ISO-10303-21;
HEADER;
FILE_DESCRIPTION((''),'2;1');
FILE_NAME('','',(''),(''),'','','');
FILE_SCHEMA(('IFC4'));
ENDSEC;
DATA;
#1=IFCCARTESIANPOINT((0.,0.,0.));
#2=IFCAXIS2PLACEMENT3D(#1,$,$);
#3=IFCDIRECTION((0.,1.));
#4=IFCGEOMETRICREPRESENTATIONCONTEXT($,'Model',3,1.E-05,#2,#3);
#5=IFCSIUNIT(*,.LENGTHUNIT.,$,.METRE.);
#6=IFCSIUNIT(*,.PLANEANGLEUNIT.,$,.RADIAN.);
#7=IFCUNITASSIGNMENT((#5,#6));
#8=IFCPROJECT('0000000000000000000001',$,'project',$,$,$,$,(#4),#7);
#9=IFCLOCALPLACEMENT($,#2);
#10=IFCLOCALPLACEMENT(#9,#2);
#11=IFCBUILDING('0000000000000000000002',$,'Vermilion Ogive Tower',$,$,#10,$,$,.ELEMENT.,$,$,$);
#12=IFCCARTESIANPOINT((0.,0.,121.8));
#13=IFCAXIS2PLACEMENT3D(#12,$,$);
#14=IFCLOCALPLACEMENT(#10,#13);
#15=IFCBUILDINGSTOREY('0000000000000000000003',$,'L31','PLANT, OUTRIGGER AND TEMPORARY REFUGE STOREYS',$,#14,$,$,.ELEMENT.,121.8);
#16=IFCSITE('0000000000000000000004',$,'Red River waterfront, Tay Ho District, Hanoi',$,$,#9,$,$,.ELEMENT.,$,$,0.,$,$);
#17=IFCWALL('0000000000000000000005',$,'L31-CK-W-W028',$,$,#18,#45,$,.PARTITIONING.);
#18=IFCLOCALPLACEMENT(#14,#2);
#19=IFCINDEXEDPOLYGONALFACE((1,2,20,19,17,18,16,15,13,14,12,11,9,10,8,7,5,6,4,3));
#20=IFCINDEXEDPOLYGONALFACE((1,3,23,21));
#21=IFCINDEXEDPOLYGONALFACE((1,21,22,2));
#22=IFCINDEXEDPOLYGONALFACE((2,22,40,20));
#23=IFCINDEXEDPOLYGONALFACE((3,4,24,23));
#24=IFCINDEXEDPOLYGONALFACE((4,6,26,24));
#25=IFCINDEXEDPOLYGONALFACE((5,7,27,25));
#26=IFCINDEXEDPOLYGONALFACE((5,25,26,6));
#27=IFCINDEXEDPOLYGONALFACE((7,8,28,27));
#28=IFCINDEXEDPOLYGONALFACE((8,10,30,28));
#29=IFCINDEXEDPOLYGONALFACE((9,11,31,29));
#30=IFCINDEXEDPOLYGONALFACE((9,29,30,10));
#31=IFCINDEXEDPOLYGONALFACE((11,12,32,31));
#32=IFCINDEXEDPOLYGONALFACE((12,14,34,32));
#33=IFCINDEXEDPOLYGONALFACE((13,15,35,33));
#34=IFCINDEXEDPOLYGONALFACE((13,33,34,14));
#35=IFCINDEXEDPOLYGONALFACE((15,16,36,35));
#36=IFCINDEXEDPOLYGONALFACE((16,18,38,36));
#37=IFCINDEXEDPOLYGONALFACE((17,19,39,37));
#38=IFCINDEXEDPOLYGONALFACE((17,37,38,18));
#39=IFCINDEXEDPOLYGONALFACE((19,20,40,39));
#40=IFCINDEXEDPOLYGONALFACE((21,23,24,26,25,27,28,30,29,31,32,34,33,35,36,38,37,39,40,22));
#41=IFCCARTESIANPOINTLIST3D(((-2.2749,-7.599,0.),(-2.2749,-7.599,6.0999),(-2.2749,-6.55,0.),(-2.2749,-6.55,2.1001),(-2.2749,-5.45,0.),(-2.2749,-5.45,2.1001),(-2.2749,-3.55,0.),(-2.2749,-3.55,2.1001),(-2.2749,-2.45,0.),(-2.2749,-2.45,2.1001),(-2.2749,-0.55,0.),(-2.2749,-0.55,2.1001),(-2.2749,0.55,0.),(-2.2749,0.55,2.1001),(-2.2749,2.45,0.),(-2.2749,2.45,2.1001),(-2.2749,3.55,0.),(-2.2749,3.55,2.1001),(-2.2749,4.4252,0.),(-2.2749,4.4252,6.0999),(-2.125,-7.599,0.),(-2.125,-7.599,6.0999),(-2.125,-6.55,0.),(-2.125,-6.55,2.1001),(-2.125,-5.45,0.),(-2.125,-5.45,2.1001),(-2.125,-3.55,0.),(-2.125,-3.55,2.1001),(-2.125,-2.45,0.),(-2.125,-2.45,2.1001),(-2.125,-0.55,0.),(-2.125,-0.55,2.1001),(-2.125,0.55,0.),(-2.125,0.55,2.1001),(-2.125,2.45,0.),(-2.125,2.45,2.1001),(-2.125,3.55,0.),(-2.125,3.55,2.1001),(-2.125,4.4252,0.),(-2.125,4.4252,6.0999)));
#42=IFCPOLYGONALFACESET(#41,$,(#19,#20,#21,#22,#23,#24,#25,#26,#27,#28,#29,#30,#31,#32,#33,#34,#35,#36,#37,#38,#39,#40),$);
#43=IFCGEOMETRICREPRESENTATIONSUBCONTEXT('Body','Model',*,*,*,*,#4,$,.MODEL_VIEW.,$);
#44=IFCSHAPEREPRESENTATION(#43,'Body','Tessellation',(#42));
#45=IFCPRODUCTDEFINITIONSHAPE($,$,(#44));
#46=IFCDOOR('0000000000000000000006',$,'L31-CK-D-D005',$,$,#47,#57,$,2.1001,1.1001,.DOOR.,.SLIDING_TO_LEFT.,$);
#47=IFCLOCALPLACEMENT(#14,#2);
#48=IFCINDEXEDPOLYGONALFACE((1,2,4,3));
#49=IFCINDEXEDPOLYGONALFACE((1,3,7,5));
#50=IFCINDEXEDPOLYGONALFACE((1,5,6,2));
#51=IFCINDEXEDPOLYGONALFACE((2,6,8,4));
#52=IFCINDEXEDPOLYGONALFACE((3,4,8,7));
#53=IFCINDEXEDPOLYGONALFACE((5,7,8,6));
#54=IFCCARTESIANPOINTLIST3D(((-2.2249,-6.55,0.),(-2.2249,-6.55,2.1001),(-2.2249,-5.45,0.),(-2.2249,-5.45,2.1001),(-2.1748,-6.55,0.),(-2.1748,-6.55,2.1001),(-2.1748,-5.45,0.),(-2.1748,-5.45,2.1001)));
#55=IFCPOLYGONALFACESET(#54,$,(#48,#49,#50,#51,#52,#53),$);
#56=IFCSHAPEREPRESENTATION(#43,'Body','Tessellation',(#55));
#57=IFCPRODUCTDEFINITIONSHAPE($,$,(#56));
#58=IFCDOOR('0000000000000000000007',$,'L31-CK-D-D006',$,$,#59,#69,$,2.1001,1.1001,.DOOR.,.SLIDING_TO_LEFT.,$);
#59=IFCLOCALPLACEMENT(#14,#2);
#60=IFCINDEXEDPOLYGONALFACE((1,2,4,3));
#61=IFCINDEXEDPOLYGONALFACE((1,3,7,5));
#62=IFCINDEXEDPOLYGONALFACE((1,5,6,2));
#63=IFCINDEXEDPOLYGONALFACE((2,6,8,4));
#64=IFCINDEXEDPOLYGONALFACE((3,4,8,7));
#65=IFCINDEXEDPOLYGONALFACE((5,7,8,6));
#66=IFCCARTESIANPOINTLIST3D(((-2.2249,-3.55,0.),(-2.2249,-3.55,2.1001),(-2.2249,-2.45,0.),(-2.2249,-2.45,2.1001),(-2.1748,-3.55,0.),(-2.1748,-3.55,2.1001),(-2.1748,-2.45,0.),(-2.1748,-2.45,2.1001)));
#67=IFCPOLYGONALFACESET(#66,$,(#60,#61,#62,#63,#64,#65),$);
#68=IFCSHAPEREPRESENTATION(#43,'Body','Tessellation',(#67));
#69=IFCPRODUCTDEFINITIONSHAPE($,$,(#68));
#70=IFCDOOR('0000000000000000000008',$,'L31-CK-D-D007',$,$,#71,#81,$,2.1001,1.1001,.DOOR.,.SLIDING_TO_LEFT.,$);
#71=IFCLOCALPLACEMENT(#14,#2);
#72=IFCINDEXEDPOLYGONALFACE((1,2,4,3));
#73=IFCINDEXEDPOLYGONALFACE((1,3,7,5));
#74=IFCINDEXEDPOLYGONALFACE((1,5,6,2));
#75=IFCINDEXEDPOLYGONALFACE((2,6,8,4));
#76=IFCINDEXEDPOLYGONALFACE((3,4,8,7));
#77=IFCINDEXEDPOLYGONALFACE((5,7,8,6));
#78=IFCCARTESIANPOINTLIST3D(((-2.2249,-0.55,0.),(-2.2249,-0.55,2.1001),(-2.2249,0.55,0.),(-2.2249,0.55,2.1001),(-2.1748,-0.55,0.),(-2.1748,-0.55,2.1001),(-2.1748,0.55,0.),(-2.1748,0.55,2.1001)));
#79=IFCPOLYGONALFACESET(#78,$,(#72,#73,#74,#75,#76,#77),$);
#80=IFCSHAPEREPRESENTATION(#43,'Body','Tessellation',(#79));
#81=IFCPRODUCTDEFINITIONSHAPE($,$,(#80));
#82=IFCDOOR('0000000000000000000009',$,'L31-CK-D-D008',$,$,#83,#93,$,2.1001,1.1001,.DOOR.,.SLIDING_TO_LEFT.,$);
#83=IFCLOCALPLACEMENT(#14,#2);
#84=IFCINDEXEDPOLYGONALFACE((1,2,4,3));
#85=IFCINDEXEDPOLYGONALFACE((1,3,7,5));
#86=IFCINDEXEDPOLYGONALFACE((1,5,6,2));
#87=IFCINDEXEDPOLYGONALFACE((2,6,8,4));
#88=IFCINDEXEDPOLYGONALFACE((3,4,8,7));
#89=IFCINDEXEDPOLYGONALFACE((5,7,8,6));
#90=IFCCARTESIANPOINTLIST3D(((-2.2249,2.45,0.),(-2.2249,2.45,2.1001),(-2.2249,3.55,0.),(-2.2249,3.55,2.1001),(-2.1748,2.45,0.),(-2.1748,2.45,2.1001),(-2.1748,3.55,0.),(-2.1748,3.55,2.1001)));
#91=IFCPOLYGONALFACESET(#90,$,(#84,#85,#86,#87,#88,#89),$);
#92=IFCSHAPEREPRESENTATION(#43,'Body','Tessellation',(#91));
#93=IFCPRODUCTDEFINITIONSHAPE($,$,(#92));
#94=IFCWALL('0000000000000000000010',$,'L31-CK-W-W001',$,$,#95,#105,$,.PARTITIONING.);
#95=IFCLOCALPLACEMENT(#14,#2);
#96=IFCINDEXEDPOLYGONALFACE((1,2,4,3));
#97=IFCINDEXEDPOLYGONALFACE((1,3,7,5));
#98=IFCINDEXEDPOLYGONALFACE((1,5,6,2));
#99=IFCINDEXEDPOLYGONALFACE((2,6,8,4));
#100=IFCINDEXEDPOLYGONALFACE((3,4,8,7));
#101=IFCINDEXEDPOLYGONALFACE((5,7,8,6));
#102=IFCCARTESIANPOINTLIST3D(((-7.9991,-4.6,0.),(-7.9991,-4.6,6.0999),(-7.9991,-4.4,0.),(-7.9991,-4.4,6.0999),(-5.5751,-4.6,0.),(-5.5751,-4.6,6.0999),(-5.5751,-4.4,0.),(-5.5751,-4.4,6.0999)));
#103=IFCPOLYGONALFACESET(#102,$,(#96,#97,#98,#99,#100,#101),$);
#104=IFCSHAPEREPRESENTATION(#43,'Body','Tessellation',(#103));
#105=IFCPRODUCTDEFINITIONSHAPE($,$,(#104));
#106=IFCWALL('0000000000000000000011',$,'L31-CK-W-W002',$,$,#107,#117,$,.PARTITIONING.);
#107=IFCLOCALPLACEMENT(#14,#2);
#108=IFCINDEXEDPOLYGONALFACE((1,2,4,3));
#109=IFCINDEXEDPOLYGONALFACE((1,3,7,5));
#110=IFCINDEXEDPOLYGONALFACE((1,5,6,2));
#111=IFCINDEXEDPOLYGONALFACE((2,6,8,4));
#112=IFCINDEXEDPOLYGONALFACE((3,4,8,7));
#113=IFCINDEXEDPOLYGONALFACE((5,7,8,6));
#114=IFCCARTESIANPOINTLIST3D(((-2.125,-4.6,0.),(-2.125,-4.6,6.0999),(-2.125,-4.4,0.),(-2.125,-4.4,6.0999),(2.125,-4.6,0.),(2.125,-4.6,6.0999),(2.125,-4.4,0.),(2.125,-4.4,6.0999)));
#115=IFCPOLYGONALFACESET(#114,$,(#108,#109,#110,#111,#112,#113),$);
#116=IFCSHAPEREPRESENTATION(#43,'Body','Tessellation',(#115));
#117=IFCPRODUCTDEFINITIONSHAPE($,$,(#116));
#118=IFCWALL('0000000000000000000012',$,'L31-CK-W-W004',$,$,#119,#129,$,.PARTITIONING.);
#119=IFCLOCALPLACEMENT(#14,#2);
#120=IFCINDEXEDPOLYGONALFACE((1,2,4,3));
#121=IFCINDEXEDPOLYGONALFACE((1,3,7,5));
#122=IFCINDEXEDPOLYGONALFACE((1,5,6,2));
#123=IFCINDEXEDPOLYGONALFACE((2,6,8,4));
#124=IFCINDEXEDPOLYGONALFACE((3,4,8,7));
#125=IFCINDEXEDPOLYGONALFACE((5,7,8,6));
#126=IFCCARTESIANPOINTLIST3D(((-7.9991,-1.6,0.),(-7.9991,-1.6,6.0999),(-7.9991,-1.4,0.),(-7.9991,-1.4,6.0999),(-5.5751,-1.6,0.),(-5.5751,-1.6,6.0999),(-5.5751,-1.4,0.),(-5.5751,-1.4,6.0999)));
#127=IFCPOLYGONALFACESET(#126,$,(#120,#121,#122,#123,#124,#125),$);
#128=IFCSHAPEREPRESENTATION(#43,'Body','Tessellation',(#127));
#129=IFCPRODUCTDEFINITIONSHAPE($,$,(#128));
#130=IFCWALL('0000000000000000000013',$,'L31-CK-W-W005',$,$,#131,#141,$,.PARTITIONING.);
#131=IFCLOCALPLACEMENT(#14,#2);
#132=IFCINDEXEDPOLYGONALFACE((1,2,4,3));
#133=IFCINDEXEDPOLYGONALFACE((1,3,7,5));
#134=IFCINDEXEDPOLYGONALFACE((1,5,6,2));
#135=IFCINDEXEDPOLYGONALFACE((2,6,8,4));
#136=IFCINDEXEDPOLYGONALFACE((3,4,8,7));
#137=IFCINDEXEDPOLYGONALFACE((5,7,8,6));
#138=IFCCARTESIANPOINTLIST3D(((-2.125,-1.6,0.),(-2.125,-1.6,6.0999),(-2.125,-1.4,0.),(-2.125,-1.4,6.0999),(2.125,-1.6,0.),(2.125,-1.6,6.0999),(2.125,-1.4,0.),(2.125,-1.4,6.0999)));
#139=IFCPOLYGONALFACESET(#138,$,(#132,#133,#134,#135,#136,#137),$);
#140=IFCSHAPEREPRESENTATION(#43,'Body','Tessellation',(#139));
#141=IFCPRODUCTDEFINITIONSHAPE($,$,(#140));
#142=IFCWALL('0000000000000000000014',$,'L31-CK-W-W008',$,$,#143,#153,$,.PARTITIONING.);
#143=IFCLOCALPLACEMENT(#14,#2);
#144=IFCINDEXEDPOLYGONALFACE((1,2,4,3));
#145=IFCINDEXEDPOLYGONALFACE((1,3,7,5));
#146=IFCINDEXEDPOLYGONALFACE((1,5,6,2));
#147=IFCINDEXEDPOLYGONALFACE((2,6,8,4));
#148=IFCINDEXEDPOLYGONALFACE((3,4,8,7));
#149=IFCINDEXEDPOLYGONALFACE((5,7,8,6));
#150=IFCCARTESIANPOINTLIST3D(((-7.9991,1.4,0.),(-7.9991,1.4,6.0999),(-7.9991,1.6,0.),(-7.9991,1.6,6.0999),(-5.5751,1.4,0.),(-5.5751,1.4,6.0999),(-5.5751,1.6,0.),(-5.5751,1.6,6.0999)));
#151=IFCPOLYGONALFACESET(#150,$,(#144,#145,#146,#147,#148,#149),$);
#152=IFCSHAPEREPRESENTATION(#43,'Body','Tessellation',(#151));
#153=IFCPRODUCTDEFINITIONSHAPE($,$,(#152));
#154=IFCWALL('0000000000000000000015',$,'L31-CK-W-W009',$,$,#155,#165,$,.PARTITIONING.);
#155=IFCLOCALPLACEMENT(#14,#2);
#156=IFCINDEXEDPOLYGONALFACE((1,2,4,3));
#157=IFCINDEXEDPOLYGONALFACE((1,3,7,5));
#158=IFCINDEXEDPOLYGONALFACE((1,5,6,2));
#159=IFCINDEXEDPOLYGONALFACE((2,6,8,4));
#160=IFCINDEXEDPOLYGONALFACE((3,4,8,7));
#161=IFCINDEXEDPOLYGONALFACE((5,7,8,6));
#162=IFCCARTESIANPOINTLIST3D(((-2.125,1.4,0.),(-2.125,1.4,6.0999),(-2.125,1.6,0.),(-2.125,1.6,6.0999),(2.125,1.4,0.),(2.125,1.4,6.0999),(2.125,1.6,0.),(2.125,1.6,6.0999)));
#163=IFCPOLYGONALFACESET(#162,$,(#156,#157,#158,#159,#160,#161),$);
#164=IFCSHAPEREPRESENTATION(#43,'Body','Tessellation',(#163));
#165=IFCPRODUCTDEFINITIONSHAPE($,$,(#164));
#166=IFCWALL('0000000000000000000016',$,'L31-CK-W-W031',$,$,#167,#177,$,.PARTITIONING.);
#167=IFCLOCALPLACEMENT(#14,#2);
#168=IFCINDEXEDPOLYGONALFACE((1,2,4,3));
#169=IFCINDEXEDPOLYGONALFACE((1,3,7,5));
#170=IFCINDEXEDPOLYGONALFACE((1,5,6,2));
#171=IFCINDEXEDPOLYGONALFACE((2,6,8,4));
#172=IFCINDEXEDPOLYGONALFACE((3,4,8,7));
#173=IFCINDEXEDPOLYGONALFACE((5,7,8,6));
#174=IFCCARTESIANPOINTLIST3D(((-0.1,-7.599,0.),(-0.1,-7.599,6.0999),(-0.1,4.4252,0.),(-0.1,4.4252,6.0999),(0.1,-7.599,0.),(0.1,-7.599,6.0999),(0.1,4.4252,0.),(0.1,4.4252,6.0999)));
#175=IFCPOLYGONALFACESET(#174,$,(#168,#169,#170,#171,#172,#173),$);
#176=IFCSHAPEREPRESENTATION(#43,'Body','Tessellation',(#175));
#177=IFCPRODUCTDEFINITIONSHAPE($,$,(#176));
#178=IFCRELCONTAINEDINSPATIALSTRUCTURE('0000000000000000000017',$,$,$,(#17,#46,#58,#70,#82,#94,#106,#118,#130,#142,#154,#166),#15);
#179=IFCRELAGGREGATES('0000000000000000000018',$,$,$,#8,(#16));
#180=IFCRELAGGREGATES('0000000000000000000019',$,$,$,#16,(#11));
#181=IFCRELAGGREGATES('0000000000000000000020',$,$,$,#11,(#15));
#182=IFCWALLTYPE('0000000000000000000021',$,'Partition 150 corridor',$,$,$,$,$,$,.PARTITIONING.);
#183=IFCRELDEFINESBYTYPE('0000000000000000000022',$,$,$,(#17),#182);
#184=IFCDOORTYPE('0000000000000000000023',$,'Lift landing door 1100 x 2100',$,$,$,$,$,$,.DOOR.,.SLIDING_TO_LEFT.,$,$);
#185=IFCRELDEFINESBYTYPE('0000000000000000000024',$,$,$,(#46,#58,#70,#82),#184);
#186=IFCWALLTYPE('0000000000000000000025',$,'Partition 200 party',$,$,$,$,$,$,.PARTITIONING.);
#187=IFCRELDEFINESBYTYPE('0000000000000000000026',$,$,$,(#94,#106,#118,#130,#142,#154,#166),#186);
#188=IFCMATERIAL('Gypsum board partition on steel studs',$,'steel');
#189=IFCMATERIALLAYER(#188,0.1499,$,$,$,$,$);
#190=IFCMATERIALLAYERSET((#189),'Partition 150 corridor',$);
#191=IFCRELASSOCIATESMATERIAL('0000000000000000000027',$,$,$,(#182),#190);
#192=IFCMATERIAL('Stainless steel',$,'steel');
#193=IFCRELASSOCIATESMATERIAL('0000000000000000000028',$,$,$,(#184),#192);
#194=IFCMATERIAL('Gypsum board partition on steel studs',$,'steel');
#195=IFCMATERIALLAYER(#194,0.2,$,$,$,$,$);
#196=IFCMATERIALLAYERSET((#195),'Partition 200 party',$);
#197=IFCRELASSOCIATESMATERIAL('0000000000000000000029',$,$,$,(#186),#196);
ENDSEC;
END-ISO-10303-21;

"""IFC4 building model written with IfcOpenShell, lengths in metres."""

from ifc_helpers import new_model, si_unit, direction, frame, frame_2d, origin, place, context, subcontext, project, spatial, rectangle, extrude, material, layer, layer_set, type_object, element, fill, save


model = new_model("IFC4")

# Units and contexts
model_context = context("Model", 3, precision=1e-05, world=origin(), true_north=direction((0.0, 1.0)))
body_context = subcontext(model_context, "Body", "Model", "MODEL_VIEW")
ifc_project = project(units=[si_unit("LENGTHUNIT", "METRE"), si_unit("PLANEANGLEUNIT", "RADIAN")], contexts=[model_context])

# Site, building, storey
site_placement = place(None, origin())
site = spatial("IfcSite", under=ifc_project, at=site_placement, Name="Red River waterfront, Tay Ho District, Hanoi", CompositionType="ELEMENT", RefElevation=0.0)
building_placement = place(site_placement, origin())
building = spatial("IfcBuilding", under=site, at=building_placement, Name="Vermilion Ogive Tower", CompositionType="ELEMENT")
storey_placement = place(building_placement, frame((0.0, 0.0, 121.8)))
storey = spatial("IfcBuildingStorey", under=building, at=storey_placement, Name="L31", Description="PLANT, OUTRIGGER AND TEMPORARY REFUGE STOREYS", CompositionType="ELEMENT", Elevation=121.8)

# Wall, openings, doors
ifc_material_1 = material(Name="Gypsum board partition on steel studs", Category="steel")
ifc_layer_1 = layer(ifc_material_1, 0.1499)
ifc_layer_set_1 = layer_set([ifc_layer_1], Name="Partition 150 corridor")
wall_type_1 = type_object("IfcWallType", Name="Partition 150 corridor", PredefinedType="PARTITIONING", material=ifc_layer_set_1)
ifc_material_2 = material(Name="Stainless steel", Category="steel")
door_type = type_object("IfcDoorType", Name="Lift landing door 1100 x 2100", OperationType="SLIDING_TO_LEFT", PredefinedType="DOOR", material=ifc_material_2)
wall_1_placement = place(storey_placement, frame((-2.2, -7.5991, 0.0), z_axis=(0.0, 0.0, 1.0), x_axis=(0.0, 1.0, 0.0)))
wall_1 = element("IfcWall", 1, at=wall_1_placement, inside=storey, type_object=wall_type_1, Name="L31-CK-W-W028", PredefinedType="PARTITIONING", context=body_context, shape_type="SweptSolid", body=[
    extrude(rectangle(XDim=12.0242, YDim=0.1499, at=frame_2d((6.0122, 0.0))), origin(), (0.0, 0.0, 1.0), 6.0999),
])
opening_1_placement = place(wall_1_placement, frame((1.0491, 0.0, 0.0)))
opening_1 = element("IfcOpeningElement", 2, at=opening_1_placement, cuts=wall_1, PredefinedType="OPENING", context=body_context, shape_type="SweptSolid", body=[
    extrude(rectangle(XDim=1.1001, YDim=2.1001, at=frame_2d((0.55, 1.05))), frame((0.0, 0.085, 0.0), z_axis=(0.0, -1.0, 0.0), x_axis=(1.0, 0.0, 0.0)), (0.0, 0.0, 1.0), 0.1699),
])
opening_2_placement = place(wall_1_placement, frame((4.0491, 0.0, 0.0)))
opening_2 = element("IfcOpeningElement", 3, at=opening_2_placement, cuts=wall_1, PredefinedType="OPENING", context=body_context, shape_type="SweptSolid", body=[
    extrude(rectangle(XDim=1.1001, YDim=2.1001, at=frame_2d((0.55, 1.05))), frame((0.0, 0.085, 0.0), z_axis=(0.0, -1.0, 0.0), x_axis=(1.0, 0.0, 0.0)), (0.0, 0.0, 1.0), 0.1699),
])
opening_3_placement = place(wall_1_placement, frame((7.0491, 0.0, 0.0)))
opening_3 = element("IfcOpeningElement", 4, at=opening_3_placement, cuts=wall_1, PredefinedType="OPENING", context=body_context, shape_type="SweptSolid", body=[
    extrude(rectangle(XDim=1.1001, YDim=2.1001, at=frame_2d((0.55, 1.05))), frame((0.0, 0.085, 0.0), z_axis=(0.0, -1.0, 0.0), x_axis=(1.0, 0.0, 0.0)), (0.0, 0.0, 1.0), 0.1699),
])
opening_4_placement = place(wall_1_placement, frame((10.0491, 0.0, 0.0)))
opening_4 = element("IfcOpeningElement", 5, at=opening_4_placement, cuts=wall_1, PredefinedType="OPENING", context=body_context, shape_type="SweptSolid", body=[
    extrude(rectangle(XDim=1.1001, YDim=2.1001, at=frame_2d((0.55, 1.05))), frame((0.0, 0.085, 0.0), z_axis=(0.0, -1.0, 0.0), x_axis=(1.0, 0.0, 0.0)), (0.0, 0.0, 1.0), 0.1699),
])
door_1_placement = place(opening_1_placement, origin())
door_1 = element("IfcDoor", 6, at=door_1_placement, inside=storey, type_object=door_type, Name="L31-CK-D-D005", OperationType="SLIDING_TO_LEFT", OverallHeight=2.1001, OverallWidth=1.1001, PredefinedType="DOOR", context=body_context, shape_type="SweptSolid", body=[
    extrude(rectangle(XDim=1.1001, YDim=2.1001, at=frame_2d((0.55, 1.05))), frame((0.0, 0.0249, 0.0), z_axis=(0.0, -1.0, 0.0), x_axis=(1.0, 0.0, 0.0)), (0.0, 0.0, 1.0), 0.05),
])
fill(opening_1, door_1)
door_2_placement = place(opening_2_placement, origin())
door_2 = element("IfcDoor", 7, at=door_2_placement, inside=storey, type_object=door_type, Name="L31-CK-D-D006", OperationType="SLIDING_TO_LEFT", OverallHeight=2.1001, OverallWidth=1.1001, PredefinedType="DOOR", context=body_context, shape_type="SweptSolid", body=[
    extrude(rectangle(XDim=1.1001, YDim=2.1001, at=frame_2d((0.55, 1.05))), frame((0.0, 0.0249, 0.0), z_axis=(0.0, -1.0, 0.0), x_axis=(1.0, 0.0, 0.0)), (0.0, 0.0, 1.0), 0.05),
])
fill(opening_2, door_2)
door_3_placement = place(opening_3_placement, origin())
door_3 = element("IfcDoor", 8, at=door_3_placement, inside=storey, type_object=door_type, Name="L31-CK-D-D007", OperationType="SLIDING_TO_LEFT", OverallHeight=2.1001, OverallWidth=1.1001, PredefinedType="DOOR", context=body_context, shape_type="SweptSolid", body=[
    extrude(rectangle(XDim=1.1001, YDim=2.1001, at=frame_2d((0.55, 1.05))), frame((0.0, 0.0249, 0.0), z_axis=(0.0, -1.0, 0.0), x_axis=(1.0, 0.0, 0.0)), (0.0, 0.0, 1.0), 0.05),
])
fill(opening_3, door_3)
door_4_placement = place(opening_4_placement, origin())
door_4 = element("IfcDoor", 9, at=door_4_placement, inside=storey, type_object=door_type, Name="L31-CK-D-D008", OperationType="SLIDING_TO_LEFT", OverallHeight=2.1001, OverallWidth=1.1001, PredefinedType="DOOR", context=body_context, shape_type="SweptSolid", body=[
    extrude(rectangle(XDim=1.1001, YDim=2.1001, at=frame_2d((0.55, 1.05))), frame((0.0, 0.0249, 0.0), z_axis=(0.0, -1.0, 0.0), x_axis=(1.0, 0.0, 0.0)), (0.0, 0.0, 1.0), 0.05),
])
fill(opening_4, door_4)

# Walls
ifc_material_3 = material(Name="Gypsum board partition on steel studs", Category="steel")
ifc_layer_2 = layer(ifc_material_3, 0.2)
ifc_layer_set_2 = layer_set([ifc_layer_2], Name="Partition 200 party")
wall_type_2 = type_object("IfcWallType", Name="Partition 200 party", PredefinedType="PARTITIONING", material=ifc_layer_set_2)
wall_2_placement = place(storey_placement, frame((-7.999, -4.5, 0.0), z_axis=(0.0, 0.0, 1.0), x_axis=(1.0, 0.0, 0.0)))
element("IfcWall", 10, at=wall_2_placement, inside=storey, type_object=wall_type_2, Name="L31-CK-W-W001", PredefinedType="PARTITIONING", context=body_context, shape_type="SweptSolid", body=[
    extrude(rectangle(XDim=2.4241, YDim=0.2, at=frame_2d((1.2119, 0.0))), origin(), (0.0, 0.0, 1.0), 6.0999),
])
wall_3_placement = place(storey_placement, frame((-2.125, -4.5, 0.0), z_axis=(0.0, 0.0, 1.0), x_axis=(1.0, 0.0, 0.0)))
element("IfcWall", 11, at=wall_3_placement, inside=storey, type_object=wall_type_2, Name="L31-CK-W-W002", PredefinedType="PARTITIONING", context=body_context, shape_type="SweptSolid", body=[
    extrude(rectangle(XDim=4.25, YDim=0.2, at=frame_2d((2.125, 0.0))), origin(), (0.0, 0.0, 1.0), 6.0999),
])
wall_4_placement = place(storey_placement, frame((-7.999, -1.5, 0.0), z_axis=(0.0, 0.0, 1.0), x_axis=(1.0, 0.0, 0.0)))
element("IfcWall", 12, at=wall_4_placement, inside=storey, type_object=wall_type_2, Name="L31-CK-W-W004", PredefinedType="PARTITIONING", context=body_context, shape_type="SweptSolid", body=[
    extrude(rectangle(XDim=2.4241, YDim=0.2, at=frame_2d((1.2119, 0.0))), origin(), (0.0, 0.0, 1.0), 6.0999),
])
wall_5_placement = place(storey_placement, frame((-2.125, -1.5, 0.0), z_axis=(0.0, 0.0, 1.0), x_axis=(1.0, 0.0, 0.0)))
element("IfcWall", 13, at=wall_5_placement, inside=storey, type_object=wall_type_2, Name="L31-CK-W-W005", PredefinedType="PARTITIONING", context=body_context, shape_type="SweptSolid", body=[
    extrude(rectangle(XDim=4.25, YDim=0.2, at=frame_2d((2.125, 0.0))), origin(), (0.0, 0.0, 1.0), 6.0999),
])
wall_6_placement = place(storey_placement, frame((-7.999, 1.5, 0.0), z_axis=(0.0, 0.0, 1.0), x_axis=(1.0, 0.0, 0.0)))
element("IfcWall", 14, at=wall_6_placement, inside=storey, type_object=wall_type_2, Name="L31-CK-W-W008", PredefinedType="PARTITIONING", context=body_context, shape_type="SweptSolid", body=[
    extrude(rectangle(XDim=2.4241, YDim=0.2, at=frame_2d((1.2119, 0.0))), origin(), (0.0, 0.0, 1.0), 6.0999),
])
wall_7_placement = place(storey_placement, frame((-2.125, 1.5, 0.0), z_axis=(0.0, 0.0, 1.0), x_axis=(1.0, 0.0, 0.0)))
element("IfcWall", 15, at=wall_7_placement, inside=storey, type_object=wall_type_2, Name="L31-CK-W-W009", PredefinedType="PARTITIONING", context=body_context, shape_type="SweptSolid", body=[
    extrude(rectangle(XDim=4.25, YDim=0.2, at=frame_2d((2.125, 0.0))), origin(), (0.0, 0.0, 1.0), 6.0999),
])
wall_8_placement = place(storey_placement, frame((0.0, -7.5991, 0.0), z_axis=(0.0, 0.0, 1.0), x_axis=(0.0, 1.0, 0.0)))
element("IfcWall", 16, at=wall_8_placement, inside=storey, type_object=wall_type_2, Name="L31-CK-W-W031", PredefinedType="PARTITIONING", context=body_context, shape_type="SweptSolid", body=[
    extrude(rectangle(XDim=12.0242, YDim=0.2, at=frame_2d((6.0122, 0.0))), origin(), (0.0, 0.0, 1.0), 6.0999),
])

save(model, "model.ifc")
